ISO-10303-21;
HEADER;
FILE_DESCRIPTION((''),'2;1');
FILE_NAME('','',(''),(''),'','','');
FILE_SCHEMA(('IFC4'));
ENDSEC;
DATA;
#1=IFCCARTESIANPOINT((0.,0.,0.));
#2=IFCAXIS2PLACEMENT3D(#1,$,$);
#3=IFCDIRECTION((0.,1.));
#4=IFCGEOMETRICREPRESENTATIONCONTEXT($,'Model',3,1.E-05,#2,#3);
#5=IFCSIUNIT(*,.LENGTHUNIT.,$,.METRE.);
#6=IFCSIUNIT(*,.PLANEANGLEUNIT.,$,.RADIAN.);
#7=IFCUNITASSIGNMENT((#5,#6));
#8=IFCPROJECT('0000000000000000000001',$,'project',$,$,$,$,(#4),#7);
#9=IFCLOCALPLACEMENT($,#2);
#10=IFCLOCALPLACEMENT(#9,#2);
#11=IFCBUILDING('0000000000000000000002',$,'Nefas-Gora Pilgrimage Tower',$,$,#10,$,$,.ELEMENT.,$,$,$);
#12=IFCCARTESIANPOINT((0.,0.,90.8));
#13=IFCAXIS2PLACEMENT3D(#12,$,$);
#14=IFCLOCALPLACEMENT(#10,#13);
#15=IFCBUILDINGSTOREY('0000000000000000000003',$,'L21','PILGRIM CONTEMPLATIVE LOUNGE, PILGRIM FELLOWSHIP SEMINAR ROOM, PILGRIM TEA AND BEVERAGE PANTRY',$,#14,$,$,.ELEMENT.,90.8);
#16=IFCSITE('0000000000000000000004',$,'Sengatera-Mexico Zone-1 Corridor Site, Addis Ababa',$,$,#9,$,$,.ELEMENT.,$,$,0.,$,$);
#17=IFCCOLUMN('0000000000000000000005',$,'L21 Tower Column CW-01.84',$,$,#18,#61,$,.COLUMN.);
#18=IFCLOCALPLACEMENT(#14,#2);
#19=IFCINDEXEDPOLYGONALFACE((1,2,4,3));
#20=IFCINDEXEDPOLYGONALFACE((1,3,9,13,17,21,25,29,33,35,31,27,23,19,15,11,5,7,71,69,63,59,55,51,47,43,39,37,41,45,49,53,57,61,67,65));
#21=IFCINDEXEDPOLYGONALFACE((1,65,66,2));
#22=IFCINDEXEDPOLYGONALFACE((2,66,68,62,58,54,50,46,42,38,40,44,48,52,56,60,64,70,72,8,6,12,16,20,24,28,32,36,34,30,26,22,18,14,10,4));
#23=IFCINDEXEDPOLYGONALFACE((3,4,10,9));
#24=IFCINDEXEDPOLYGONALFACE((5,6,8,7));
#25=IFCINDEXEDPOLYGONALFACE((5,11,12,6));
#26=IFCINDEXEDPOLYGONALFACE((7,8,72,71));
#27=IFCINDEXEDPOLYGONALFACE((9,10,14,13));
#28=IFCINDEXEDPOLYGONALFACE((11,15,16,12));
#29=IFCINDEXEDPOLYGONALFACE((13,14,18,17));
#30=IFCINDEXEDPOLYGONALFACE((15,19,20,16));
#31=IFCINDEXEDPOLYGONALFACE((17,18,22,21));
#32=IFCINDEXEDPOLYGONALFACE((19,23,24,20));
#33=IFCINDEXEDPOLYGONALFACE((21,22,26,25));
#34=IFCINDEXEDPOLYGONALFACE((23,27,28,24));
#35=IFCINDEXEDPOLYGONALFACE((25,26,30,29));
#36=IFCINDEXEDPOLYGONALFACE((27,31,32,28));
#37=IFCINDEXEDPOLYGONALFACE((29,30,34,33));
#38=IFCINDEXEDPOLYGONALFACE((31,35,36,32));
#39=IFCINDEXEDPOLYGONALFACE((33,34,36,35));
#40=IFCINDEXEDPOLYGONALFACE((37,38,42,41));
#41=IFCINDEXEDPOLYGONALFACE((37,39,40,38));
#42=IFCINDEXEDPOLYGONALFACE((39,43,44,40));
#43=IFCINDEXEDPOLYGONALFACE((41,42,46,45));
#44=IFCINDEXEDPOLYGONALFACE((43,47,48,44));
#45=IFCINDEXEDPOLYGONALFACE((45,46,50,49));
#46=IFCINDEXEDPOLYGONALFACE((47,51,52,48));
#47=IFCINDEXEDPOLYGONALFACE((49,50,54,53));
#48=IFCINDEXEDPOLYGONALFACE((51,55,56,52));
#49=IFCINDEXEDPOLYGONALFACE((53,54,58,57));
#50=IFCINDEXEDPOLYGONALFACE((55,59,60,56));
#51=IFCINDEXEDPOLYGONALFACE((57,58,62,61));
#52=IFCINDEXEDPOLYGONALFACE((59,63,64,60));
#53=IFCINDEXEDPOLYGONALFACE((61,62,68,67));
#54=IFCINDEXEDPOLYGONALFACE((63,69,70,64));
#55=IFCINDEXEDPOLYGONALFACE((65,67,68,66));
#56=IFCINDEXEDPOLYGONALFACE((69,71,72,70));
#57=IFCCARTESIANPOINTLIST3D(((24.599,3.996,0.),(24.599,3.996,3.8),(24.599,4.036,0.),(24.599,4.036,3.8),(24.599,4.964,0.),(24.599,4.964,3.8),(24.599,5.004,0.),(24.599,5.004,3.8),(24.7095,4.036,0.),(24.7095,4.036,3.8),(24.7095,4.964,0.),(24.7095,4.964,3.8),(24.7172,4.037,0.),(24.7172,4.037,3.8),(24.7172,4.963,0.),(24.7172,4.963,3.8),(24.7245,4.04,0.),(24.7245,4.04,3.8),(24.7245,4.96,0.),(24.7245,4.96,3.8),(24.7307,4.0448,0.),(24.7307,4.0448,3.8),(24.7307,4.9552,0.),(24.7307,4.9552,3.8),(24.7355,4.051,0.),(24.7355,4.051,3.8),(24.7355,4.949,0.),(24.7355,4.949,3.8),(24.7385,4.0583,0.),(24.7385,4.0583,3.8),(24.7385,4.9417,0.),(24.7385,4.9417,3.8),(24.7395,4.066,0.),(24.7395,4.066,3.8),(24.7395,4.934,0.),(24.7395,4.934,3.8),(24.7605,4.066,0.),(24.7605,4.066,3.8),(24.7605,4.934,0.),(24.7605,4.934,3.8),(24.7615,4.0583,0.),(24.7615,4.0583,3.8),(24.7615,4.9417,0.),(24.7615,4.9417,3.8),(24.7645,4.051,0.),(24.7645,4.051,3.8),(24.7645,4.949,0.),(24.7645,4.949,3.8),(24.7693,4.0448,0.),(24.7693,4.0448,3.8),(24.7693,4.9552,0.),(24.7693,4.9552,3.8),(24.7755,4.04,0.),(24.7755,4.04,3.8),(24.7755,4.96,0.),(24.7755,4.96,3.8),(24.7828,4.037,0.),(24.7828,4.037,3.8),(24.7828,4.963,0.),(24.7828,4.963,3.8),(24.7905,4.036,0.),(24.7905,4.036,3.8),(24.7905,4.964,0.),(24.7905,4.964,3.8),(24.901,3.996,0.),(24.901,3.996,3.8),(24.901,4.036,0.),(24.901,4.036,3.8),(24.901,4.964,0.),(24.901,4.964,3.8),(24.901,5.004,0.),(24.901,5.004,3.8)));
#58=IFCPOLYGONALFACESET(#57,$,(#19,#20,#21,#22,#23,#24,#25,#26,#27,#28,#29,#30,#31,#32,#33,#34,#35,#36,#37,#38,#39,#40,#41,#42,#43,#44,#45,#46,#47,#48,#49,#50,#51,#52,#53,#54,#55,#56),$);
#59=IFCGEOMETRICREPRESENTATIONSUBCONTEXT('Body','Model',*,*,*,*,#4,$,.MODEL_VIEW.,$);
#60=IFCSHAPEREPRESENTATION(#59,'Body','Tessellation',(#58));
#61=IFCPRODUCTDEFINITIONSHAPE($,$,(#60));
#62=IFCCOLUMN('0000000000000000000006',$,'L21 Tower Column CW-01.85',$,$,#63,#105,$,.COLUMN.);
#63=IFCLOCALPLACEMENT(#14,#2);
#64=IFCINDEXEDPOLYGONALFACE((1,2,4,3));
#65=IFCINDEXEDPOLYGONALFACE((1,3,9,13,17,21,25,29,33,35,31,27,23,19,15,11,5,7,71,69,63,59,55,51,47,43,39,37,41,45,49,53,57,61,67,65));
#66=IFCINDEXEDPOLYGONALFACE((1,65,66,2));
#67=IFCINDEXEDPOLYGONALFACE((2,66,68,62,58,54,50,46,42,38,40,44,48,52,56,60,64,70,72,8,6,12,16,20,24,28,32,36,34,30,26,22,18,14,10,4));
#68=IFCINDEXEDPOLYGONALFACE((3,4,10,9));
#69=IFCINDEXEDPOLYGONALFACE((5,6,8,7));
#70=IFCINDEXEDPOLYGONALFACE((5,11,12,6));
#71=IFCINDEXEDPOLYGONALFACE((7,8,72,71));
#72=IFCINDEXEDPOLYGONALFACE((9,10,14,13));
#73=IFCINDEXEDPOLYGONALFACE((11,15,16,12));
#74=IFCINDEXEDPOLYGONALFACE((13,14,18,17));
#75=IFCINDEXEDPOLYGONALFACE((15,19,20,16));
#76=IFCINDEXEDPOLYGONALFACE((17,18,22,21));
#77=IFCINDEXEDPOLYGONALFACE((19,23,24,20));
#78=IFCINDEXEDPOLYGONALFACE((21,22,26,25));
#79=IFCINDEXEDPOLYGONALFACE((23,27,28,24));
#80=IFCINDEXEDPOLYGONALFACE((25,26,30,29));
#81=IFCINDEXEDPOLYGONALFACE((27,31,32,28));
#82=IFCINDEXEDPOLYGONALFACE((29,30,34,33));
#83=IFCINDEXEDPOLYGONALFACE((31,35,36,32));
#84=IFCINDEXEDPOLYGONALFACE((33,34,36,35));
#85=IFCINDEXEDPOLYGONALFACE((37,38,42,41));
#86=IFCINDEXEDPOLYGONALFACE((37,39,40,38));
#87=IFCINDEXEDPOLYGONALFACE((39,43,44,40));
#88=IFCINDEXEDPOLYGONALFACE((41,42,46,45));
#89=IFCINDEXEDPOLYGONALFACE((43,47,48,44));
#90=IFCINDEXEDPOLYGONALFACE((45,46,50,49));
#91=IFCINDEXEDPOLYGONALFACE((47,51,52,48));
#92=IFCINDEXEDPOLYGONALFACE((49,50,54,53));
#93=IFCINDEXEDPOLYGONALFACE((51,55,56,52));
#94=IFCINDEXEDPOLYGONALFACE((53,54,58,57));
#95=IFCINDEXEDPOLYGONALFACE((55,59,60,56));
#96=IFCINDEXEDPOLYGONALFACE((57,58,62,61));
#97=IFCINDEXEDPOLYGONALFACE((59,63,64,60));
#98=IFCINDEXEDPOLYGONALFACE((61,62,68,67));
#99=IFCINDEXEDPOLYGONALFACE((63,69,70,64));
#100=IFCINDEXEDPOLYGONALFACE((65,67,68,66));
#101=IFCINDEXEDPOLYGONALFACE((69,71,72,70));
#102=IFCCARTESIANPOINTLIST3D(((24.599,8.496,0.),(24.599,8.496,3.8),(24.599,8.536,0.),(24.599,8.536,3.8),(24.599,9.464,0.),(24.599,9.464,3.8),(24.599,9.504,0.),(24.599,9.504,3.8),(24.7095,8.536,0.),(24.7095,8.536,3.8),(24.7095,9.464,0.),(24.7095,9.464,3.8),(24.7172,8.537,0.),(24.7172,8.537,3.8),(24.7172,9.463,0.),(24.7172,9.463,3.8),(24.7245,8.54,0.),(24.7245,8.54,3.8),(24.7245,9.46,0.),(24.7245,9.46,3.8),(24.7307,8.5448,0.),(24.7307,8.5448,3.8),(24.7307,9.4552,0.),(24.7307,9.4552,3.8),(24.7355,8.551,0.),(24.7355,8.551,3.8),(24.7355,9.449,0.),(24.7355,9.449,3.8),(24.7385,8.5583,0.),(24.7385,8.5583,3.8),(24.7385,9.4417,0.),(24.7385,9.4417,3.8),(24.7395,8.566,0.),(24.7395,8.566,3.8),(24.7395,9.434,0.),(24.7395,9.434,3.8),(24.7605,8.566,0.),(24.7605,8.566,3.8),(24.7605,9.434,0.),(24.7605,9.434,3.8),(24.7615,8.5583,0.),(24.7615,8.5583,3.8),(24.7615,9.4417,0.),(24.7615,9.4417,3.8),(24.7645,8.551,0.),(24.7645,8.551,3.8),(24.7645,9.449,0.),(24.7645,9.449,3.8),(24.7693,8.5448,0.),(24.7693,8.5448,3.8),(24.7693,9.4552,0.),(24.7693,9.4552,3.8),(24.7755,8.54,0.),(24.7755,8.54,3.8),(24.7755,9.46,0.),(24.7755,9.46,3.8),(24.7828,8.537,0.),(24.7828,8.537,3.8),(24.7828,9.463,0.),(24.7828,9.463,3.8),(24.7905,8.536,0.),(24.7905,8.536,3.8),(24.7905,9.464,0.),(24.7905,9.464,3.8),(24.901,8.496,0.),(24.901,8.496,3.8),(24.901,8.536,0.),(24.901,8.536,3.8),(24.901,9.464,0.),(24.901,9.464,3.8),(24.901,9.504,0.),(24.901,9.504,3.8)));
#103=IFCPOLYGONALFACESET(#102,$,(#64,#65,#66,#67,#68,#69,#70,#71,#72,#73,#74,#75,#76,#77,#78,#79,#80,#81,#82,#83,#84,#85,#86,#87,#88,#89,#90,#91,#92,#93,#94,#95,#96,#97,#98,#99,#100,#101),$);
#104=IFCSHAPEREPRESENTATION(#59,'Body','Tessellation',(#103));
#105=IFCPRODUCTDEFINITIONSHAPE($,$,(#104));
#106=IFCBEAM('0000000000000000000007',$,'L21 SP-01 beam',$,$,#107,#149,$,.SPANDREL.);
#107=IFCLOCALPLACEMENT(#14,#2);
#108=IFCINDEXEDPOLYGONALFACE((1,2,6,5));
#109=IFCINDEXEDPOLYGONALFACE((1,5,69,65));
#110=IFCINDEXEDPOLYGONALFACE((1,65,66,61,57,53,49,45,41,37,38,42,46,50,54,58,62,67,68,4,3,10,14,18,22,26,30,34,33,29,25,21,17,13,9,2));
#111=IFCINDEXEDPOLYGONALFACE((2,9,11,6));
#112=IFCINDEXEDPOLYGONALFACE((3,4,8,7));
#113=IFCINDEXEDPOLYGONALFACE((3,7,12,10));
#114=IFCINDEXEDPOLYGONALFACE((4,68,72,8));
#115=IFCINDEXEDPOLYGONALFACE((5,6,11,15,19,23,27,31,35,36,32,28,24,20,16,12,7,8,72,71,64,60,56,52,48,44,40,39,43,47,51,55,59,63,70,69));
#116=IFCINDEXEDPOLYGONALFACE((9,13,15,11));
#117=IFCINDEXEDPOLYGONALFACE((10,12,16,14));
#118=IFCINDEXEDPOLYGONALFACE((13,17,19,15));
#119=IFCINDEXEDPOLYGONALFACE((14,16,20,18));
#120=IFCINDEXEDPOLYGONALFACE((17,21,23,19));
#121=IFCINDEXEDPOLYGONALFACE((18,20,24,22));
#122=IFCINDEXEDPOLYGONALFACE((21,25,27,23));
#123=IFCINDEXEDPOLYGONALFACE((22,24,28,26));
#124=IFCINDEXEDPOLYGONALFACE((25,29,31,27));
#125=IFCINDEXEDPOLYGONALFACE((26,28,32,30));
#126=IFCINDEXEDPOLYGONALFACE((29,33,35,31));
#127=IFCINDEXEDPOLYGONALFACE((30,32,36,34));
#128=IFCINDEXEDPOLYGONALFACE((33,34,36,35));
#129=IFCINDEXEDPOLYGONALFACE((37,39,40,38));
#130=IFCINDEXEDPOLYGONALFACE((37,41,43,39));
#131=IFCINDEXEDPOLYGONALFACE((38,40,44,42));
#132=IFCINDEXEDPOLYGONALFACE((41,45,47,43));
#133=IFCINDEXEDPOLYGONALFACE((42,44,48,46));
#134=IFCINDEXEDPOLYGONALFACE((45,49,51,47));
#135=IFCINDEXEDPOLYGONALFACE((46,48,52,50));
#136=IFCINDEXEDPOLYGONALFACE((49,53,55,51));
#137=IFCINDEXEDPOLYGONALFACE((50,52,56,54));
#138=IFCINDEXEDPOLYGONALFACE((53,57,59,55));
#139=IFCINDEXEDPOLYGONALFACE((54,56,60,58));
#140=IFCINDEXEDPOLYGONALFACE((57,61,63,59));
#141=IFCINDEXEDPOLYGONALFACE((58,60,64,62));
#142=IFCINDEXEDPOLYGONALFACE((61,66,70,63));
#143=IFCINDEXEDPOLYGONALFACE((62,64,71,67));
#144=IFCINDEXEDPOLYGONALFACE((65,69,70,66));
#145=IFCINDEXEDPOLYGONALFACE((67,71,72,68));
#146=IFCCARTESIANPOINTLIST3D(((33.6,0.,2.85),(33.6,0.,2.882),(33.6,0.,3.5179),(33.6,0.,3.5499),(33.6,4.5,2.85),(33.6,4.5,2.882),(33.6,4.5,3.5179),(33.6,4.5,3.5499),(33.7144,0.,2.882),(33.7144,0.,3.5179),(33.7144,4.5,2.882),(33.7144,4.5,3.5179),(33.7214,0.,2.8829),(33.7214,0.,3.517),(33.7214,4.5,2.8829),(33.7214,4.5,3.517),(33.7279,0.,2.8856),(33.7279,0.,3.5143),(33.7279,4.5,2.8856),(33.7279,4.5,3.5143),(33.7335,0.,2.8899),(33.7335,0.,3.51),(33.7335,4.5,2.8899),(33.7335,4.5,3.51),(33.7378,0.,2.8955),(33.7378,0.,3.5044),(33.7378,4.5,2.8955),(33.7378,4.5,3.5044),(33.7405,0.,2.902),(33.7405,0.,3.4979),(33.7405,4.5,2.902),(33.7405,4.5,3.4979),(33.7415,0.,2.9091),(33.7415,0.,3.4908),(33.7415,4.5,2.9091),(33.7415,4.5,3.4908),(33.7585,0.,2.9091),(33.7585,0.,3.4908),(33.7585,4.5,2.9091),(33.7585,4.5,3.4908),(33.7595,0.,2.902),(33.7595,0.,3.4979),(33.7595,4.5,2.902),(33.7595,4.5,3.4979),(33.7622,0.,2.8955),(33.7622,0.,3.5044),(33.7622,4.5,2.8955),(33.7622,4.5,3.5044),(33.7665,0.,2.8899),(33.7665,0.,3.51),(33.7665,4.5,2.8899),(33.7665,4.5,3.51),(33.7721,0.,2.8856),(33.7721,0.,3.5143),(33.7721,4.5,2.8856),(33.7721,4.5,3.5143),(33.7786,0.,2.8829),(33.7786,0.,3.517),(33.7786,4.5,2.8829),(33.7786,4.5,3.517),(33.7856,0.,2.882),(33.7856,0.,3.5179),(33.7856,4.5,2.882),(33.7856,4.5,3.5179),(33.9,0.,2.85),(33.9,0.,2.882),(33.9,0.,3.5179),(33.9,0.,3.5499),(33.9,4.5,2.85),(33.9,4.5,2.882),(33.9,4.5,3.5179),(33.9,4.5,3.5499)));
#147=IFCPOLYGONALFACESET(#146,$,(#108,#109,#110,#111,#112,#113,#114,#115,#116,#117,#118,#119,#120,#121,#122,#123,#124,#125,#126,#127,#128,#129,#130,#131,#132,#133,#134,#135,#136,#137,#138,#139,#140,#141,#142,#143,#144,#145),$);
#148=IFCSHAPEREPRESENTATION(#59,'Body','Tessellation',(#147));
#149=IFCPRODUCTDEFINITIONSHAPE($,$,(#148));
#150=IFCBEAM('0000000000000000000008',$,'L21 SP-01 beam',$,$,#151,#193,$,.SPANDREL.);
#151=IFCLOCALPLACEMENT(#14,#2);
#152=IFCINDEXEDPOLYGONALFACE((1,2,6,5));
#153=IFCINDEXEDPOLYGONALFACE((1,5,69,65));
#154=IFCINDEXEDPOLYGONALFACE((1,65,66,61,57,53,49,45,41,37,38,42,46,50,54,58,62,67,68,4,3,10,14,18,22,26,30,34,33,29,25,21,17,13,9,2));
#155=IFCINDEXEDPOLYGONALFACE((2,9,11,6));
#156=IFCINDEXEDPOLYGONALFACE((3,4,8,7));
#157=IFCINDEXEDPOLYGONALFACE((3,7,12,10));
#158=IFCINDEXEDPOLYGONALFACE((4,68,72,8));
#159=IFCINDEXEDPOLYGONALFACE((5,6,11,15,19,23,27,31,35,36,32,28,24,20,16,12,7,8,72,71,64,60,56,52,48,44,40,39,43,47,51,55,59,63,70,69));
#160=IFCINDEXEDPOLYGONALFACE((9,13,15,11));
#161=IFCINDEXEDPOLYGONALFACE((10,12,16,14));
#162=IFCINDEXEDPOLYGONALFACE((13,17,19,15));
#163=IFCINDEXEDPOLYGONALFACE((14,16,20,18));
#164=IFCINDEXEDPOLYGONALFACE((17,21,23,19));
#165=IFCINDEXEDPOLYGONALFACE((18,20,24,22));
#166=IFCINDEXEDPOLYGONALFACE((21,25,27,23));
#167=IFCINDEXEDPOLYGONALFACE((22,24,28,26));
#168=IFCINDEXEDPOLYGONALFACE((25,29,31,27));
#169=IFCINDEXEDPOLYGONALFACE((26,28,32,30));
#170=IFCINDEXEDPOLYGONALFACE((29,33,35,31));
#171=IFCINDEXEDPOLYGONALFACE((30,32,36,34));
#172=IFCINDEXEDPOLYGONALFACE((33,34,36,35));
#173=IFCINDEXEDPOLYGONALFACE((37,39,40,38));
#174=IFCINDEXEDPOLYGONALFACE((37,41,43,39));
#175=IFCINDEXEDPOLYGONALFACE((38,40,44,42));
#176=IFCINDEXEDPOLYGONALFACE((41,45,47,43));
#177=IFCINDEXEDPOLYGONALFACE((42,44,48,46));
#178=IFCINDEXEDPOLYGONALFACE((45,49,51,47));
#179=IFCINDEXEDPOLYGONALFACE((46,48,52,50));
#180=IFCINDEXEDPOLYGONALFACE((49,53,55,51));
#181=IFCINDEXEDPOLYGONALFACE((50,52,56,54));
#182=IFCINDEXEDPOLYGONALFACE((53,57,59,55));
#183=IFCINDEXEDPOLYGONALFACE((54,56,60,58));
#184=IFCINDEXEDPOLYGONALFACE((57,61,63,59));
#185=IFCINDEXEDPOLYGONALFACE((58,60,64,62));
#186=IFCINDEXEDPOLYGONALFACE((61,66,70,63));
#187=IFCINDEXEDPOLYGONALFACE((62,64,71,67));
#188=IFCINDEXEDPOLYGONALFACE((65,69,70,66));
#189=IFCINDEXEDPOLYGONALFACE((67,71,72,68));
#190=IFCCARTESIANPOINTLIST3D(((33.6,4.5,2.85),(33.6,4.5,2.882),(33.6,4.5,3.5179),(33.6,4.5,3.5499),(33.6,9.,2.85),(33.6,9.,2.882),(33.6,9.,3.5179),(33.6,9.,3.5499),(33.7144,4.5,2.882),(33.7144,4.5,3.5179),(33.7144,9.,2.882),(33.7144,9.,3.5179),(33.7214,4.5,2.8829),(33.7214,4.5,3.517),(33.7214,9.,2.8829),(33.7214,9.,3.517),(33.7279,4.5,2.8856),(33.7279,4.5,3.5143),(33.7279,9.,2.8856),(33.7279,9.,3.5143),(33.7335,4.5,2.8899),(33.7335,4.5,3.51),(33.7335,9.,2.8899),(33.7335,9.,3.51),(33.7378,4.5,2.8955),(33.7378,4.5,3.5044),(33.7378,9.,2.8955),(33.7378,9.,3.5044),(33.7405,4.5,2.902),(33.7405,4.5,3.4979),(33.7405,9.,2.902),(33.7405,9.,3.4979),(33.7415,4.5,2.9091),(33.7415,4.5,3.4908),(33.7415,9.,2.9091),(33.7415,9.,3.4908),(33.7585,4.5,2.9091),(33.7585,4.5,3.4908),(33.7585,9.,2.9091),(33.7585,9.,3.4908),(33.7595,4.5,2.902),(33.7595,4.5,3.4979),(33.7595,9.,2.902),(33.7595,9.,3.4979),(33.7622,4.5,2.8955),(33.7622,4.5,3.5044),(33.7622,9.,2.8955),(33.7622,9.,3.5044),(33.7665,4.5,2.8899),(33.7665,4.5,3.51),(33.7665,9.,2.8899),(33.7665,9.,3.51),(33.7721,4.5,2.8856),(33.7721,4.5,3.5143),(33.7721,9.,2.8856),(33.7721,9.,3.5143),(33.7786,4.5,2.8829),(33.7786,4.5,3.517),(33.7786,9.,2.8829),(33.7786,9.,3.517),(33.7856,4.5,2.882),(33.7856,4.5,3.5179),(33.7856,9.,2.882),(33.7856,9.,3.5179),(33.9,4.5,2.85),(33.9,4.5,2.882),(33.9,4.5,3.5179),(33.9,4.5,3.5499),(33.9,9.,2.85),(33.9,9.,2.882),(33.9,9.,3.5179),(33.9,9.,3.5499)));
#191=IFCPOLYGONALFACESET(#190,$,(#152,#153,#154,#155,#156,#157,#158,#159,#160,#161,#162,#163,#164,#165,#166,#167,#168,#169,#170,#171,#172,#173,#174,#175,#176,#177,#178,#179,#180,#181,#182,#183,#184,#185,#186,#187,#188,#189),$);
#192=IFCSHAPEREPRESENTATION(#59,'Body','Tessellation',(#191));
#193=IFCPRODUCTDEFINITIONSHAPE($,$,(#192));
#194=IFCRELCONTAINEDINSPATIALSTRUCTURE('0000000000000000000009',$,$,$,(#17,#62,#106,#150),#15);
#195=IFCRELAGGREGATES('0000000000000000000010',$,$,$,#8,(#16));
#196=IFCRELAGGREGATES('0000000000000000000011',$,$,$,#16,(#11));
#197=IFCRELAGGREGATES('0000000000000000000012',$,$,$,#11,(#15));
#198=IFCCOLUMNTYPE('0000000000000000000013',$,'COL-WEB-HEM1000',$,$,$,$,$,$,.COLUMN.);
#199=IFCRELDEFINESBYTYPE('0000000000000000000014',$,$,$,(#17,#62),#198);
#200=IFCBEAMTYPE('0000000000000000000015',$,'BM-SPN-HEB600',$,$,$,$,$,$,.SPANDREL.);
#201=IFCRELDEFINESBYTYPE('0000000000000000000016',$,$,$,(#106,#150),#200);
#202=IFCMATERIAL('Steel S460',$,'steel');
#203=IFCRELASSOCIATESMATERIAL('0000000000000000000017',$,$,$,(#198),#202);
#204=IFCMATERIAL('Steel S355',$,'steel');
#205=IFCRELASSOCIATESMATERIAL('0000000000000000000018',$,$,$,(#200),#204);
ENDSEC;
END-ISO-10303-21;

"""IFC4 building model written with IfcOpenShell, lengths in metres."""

from ifc_helpers import new_model, si_unit, direction, frame, origin, origin_2d, place, context, subcontext, project, spatial, i_section, extrude, source, transform, mapped, material, material_profile, profile_set, type_object, element, save


model = new_model("IFC4")

# Units and contexts
model_context = context("Model", 3, precision=1e-05, world=origin(), true_north=direction((0.0, 1.0)))
body_context = subcontext(model_context, "Body", "Model", "MODEL_VIEW")
ifc_project = project(units=[si_unit("LENGTHUNIT", "METRE"), si_unit("PLANEANGLEUNIT", "RADIAN")], contexts=[model_context])

# Site, building, storey
site_placement = place(None, origin())
site = spatial("IfcSite", under=ifc_project, at=site_placement, Name="Sengatera-Mexico Zone-1 Corridor Site, Addis Ababa", CompositionType="ELEMENT", RefElevation=0.0)
building_placement = place(site_placement, origin())
building = spatial("IfcBuilding", under=site, at=building_placement, Name="Nefas-Gora Pilgrimage Tower", CompositionType="ELEMENT")
storey_placement = place(building_placement, frame((0.0, 0.0, 90.8)))
storey = spatial("IfcBuildingStorey", under=building, at=storey_placement, Name="L21", Description="PILGRIM CONTEMPLATIVE LOUNGE, PILGRIM FELLOWSHIP SEMINAR ROOM, PILGRIM TEA AND BEVERAGE PANTRY", CompositionType="ELEMENT", Elevation=90.8)

# Columns
ifc_material_1 = material(Name="Steel S460", Category="steel")
ifc_material_profile_1 = material_profile(ifc_material_1, i_section(OverallWidth=0.302, OverallDepth=1.0081, WebThickness=0.021, FlangeThickness=0.04, FilletRadius=0.03, at=origin_2d()), Name="HEM 1000")
ifc_profile_set_1 = profile_set([ifc_material_profile_1], Name="Steel S460")
column_type_1 = type_object("IfcColumnType", Name="COL-WEB-HEM1000", PredefinedType="COLUMN", material=ifc_profile_set_1)
shared_shape_1 = source(origin(), body_context, "Body", "SweptSolid", [
    extrude(i_section(OverallWidth=0.302, OverallDepth=1.0081, WebThickness=0.021, FlangeThickness=0.04, FilletRadius=0.03, at=origin_2d()), origin(), (0.0, 0.0, 1.0), 3.8),
])
for number, where, z_axis, x_axis, name in (
    (1, (24.75, 4.5, 0.0), (0.0, 0.0, 1.0), (1.0, 0.0, 0.0), "L21 Tower Column CW-01.84"),
    (2, (24.75, 9.0, 0.0), (0.0, 0.0, 1.0), (1.0, 0.0, 0.0), "L21 Tower Column CW-01.85"),
):
    element("IfcColumn", number, at=place(storey_placement, frame(where, z_axis=z_axis, x_axis=x_axis)), inside=storey, type_object=column_type_1, Name=name, PredefinedType="COLUMN", context=body_context, shape_type="MappedRepresentation", body=[
        mapped(shared_shape_1, transform((0.0, 0.0, 0.0), x_axis=(1.0, 0.0, 0.0), y_axis=(0.0, 1.0, 0.0), z_axis=(0.0, 0.0, 1.0), scale=1.0)),
    ])

# Beams
ifc_material_2 = material(Name="Steel S355", Category="steel")
ifc_material_profile_2 = material_profile(ifc_material_2, i_section(OverallWidth=0.3, OverallDepth=0.7, WebThickness=0.0171, FlangeThickness=0.032, FilletRadius=0.0271, at=origin_2d()), Name="HEB 700")
ifc_profile_set_2 = profile_set([ifc_material_profile_2], Name="Steel S355")
beam_type_1 = type_object("IfcBeamType", Name="BM-SPN-HEB600", PredefinedType="SPANDREL", material=ifc_profile_set_2)
shared_shape_2 = source(origin(), body_context, "Body", "SweptSolid", [
    extrude(i_section(OverallWidth=0.3, OverallDepth=0.7, WebThickness=0.0171, FlangeThickness=0.032, FilletRadius=0.0271, at=origin_2d()), origin(), (0.0, 0.0, 1.0), 4.5),
])
for number, where, z_axis, x_axis, name in (
    (3, (33.75, 0.0, 3.2), (0.0, 1.0, 0.0), (-1.0, 0.0, 0.0), "L21 SP-01 beam"),
    (4, (33.75, 4.5, 3.2), (0.0, 1.0, 0.0), (-1.0, 0.0, 0.0), "L21 SP-01 beam"),
):
    element("IfcBeam", number, at=place(storey_placement, frame(where, z_axis=z_axis, x_axis=x_axis)), inside=storey, type_object=beam_type_1, Name=name, PredefinedType="SPANDREL", context=body_context, shape_type="MappedRepresentation", body=[
        mapped(shared_shape_2, transform((0.0, 0.0, 0.0), x_axis=(1.0, 0.0, 0.0), y_axis=(0.0, 1.0, 0.0), z_axis=(0.0, 0.0, 1.0), scale=1.0)),
    ])

save(model, "model.ifc")
